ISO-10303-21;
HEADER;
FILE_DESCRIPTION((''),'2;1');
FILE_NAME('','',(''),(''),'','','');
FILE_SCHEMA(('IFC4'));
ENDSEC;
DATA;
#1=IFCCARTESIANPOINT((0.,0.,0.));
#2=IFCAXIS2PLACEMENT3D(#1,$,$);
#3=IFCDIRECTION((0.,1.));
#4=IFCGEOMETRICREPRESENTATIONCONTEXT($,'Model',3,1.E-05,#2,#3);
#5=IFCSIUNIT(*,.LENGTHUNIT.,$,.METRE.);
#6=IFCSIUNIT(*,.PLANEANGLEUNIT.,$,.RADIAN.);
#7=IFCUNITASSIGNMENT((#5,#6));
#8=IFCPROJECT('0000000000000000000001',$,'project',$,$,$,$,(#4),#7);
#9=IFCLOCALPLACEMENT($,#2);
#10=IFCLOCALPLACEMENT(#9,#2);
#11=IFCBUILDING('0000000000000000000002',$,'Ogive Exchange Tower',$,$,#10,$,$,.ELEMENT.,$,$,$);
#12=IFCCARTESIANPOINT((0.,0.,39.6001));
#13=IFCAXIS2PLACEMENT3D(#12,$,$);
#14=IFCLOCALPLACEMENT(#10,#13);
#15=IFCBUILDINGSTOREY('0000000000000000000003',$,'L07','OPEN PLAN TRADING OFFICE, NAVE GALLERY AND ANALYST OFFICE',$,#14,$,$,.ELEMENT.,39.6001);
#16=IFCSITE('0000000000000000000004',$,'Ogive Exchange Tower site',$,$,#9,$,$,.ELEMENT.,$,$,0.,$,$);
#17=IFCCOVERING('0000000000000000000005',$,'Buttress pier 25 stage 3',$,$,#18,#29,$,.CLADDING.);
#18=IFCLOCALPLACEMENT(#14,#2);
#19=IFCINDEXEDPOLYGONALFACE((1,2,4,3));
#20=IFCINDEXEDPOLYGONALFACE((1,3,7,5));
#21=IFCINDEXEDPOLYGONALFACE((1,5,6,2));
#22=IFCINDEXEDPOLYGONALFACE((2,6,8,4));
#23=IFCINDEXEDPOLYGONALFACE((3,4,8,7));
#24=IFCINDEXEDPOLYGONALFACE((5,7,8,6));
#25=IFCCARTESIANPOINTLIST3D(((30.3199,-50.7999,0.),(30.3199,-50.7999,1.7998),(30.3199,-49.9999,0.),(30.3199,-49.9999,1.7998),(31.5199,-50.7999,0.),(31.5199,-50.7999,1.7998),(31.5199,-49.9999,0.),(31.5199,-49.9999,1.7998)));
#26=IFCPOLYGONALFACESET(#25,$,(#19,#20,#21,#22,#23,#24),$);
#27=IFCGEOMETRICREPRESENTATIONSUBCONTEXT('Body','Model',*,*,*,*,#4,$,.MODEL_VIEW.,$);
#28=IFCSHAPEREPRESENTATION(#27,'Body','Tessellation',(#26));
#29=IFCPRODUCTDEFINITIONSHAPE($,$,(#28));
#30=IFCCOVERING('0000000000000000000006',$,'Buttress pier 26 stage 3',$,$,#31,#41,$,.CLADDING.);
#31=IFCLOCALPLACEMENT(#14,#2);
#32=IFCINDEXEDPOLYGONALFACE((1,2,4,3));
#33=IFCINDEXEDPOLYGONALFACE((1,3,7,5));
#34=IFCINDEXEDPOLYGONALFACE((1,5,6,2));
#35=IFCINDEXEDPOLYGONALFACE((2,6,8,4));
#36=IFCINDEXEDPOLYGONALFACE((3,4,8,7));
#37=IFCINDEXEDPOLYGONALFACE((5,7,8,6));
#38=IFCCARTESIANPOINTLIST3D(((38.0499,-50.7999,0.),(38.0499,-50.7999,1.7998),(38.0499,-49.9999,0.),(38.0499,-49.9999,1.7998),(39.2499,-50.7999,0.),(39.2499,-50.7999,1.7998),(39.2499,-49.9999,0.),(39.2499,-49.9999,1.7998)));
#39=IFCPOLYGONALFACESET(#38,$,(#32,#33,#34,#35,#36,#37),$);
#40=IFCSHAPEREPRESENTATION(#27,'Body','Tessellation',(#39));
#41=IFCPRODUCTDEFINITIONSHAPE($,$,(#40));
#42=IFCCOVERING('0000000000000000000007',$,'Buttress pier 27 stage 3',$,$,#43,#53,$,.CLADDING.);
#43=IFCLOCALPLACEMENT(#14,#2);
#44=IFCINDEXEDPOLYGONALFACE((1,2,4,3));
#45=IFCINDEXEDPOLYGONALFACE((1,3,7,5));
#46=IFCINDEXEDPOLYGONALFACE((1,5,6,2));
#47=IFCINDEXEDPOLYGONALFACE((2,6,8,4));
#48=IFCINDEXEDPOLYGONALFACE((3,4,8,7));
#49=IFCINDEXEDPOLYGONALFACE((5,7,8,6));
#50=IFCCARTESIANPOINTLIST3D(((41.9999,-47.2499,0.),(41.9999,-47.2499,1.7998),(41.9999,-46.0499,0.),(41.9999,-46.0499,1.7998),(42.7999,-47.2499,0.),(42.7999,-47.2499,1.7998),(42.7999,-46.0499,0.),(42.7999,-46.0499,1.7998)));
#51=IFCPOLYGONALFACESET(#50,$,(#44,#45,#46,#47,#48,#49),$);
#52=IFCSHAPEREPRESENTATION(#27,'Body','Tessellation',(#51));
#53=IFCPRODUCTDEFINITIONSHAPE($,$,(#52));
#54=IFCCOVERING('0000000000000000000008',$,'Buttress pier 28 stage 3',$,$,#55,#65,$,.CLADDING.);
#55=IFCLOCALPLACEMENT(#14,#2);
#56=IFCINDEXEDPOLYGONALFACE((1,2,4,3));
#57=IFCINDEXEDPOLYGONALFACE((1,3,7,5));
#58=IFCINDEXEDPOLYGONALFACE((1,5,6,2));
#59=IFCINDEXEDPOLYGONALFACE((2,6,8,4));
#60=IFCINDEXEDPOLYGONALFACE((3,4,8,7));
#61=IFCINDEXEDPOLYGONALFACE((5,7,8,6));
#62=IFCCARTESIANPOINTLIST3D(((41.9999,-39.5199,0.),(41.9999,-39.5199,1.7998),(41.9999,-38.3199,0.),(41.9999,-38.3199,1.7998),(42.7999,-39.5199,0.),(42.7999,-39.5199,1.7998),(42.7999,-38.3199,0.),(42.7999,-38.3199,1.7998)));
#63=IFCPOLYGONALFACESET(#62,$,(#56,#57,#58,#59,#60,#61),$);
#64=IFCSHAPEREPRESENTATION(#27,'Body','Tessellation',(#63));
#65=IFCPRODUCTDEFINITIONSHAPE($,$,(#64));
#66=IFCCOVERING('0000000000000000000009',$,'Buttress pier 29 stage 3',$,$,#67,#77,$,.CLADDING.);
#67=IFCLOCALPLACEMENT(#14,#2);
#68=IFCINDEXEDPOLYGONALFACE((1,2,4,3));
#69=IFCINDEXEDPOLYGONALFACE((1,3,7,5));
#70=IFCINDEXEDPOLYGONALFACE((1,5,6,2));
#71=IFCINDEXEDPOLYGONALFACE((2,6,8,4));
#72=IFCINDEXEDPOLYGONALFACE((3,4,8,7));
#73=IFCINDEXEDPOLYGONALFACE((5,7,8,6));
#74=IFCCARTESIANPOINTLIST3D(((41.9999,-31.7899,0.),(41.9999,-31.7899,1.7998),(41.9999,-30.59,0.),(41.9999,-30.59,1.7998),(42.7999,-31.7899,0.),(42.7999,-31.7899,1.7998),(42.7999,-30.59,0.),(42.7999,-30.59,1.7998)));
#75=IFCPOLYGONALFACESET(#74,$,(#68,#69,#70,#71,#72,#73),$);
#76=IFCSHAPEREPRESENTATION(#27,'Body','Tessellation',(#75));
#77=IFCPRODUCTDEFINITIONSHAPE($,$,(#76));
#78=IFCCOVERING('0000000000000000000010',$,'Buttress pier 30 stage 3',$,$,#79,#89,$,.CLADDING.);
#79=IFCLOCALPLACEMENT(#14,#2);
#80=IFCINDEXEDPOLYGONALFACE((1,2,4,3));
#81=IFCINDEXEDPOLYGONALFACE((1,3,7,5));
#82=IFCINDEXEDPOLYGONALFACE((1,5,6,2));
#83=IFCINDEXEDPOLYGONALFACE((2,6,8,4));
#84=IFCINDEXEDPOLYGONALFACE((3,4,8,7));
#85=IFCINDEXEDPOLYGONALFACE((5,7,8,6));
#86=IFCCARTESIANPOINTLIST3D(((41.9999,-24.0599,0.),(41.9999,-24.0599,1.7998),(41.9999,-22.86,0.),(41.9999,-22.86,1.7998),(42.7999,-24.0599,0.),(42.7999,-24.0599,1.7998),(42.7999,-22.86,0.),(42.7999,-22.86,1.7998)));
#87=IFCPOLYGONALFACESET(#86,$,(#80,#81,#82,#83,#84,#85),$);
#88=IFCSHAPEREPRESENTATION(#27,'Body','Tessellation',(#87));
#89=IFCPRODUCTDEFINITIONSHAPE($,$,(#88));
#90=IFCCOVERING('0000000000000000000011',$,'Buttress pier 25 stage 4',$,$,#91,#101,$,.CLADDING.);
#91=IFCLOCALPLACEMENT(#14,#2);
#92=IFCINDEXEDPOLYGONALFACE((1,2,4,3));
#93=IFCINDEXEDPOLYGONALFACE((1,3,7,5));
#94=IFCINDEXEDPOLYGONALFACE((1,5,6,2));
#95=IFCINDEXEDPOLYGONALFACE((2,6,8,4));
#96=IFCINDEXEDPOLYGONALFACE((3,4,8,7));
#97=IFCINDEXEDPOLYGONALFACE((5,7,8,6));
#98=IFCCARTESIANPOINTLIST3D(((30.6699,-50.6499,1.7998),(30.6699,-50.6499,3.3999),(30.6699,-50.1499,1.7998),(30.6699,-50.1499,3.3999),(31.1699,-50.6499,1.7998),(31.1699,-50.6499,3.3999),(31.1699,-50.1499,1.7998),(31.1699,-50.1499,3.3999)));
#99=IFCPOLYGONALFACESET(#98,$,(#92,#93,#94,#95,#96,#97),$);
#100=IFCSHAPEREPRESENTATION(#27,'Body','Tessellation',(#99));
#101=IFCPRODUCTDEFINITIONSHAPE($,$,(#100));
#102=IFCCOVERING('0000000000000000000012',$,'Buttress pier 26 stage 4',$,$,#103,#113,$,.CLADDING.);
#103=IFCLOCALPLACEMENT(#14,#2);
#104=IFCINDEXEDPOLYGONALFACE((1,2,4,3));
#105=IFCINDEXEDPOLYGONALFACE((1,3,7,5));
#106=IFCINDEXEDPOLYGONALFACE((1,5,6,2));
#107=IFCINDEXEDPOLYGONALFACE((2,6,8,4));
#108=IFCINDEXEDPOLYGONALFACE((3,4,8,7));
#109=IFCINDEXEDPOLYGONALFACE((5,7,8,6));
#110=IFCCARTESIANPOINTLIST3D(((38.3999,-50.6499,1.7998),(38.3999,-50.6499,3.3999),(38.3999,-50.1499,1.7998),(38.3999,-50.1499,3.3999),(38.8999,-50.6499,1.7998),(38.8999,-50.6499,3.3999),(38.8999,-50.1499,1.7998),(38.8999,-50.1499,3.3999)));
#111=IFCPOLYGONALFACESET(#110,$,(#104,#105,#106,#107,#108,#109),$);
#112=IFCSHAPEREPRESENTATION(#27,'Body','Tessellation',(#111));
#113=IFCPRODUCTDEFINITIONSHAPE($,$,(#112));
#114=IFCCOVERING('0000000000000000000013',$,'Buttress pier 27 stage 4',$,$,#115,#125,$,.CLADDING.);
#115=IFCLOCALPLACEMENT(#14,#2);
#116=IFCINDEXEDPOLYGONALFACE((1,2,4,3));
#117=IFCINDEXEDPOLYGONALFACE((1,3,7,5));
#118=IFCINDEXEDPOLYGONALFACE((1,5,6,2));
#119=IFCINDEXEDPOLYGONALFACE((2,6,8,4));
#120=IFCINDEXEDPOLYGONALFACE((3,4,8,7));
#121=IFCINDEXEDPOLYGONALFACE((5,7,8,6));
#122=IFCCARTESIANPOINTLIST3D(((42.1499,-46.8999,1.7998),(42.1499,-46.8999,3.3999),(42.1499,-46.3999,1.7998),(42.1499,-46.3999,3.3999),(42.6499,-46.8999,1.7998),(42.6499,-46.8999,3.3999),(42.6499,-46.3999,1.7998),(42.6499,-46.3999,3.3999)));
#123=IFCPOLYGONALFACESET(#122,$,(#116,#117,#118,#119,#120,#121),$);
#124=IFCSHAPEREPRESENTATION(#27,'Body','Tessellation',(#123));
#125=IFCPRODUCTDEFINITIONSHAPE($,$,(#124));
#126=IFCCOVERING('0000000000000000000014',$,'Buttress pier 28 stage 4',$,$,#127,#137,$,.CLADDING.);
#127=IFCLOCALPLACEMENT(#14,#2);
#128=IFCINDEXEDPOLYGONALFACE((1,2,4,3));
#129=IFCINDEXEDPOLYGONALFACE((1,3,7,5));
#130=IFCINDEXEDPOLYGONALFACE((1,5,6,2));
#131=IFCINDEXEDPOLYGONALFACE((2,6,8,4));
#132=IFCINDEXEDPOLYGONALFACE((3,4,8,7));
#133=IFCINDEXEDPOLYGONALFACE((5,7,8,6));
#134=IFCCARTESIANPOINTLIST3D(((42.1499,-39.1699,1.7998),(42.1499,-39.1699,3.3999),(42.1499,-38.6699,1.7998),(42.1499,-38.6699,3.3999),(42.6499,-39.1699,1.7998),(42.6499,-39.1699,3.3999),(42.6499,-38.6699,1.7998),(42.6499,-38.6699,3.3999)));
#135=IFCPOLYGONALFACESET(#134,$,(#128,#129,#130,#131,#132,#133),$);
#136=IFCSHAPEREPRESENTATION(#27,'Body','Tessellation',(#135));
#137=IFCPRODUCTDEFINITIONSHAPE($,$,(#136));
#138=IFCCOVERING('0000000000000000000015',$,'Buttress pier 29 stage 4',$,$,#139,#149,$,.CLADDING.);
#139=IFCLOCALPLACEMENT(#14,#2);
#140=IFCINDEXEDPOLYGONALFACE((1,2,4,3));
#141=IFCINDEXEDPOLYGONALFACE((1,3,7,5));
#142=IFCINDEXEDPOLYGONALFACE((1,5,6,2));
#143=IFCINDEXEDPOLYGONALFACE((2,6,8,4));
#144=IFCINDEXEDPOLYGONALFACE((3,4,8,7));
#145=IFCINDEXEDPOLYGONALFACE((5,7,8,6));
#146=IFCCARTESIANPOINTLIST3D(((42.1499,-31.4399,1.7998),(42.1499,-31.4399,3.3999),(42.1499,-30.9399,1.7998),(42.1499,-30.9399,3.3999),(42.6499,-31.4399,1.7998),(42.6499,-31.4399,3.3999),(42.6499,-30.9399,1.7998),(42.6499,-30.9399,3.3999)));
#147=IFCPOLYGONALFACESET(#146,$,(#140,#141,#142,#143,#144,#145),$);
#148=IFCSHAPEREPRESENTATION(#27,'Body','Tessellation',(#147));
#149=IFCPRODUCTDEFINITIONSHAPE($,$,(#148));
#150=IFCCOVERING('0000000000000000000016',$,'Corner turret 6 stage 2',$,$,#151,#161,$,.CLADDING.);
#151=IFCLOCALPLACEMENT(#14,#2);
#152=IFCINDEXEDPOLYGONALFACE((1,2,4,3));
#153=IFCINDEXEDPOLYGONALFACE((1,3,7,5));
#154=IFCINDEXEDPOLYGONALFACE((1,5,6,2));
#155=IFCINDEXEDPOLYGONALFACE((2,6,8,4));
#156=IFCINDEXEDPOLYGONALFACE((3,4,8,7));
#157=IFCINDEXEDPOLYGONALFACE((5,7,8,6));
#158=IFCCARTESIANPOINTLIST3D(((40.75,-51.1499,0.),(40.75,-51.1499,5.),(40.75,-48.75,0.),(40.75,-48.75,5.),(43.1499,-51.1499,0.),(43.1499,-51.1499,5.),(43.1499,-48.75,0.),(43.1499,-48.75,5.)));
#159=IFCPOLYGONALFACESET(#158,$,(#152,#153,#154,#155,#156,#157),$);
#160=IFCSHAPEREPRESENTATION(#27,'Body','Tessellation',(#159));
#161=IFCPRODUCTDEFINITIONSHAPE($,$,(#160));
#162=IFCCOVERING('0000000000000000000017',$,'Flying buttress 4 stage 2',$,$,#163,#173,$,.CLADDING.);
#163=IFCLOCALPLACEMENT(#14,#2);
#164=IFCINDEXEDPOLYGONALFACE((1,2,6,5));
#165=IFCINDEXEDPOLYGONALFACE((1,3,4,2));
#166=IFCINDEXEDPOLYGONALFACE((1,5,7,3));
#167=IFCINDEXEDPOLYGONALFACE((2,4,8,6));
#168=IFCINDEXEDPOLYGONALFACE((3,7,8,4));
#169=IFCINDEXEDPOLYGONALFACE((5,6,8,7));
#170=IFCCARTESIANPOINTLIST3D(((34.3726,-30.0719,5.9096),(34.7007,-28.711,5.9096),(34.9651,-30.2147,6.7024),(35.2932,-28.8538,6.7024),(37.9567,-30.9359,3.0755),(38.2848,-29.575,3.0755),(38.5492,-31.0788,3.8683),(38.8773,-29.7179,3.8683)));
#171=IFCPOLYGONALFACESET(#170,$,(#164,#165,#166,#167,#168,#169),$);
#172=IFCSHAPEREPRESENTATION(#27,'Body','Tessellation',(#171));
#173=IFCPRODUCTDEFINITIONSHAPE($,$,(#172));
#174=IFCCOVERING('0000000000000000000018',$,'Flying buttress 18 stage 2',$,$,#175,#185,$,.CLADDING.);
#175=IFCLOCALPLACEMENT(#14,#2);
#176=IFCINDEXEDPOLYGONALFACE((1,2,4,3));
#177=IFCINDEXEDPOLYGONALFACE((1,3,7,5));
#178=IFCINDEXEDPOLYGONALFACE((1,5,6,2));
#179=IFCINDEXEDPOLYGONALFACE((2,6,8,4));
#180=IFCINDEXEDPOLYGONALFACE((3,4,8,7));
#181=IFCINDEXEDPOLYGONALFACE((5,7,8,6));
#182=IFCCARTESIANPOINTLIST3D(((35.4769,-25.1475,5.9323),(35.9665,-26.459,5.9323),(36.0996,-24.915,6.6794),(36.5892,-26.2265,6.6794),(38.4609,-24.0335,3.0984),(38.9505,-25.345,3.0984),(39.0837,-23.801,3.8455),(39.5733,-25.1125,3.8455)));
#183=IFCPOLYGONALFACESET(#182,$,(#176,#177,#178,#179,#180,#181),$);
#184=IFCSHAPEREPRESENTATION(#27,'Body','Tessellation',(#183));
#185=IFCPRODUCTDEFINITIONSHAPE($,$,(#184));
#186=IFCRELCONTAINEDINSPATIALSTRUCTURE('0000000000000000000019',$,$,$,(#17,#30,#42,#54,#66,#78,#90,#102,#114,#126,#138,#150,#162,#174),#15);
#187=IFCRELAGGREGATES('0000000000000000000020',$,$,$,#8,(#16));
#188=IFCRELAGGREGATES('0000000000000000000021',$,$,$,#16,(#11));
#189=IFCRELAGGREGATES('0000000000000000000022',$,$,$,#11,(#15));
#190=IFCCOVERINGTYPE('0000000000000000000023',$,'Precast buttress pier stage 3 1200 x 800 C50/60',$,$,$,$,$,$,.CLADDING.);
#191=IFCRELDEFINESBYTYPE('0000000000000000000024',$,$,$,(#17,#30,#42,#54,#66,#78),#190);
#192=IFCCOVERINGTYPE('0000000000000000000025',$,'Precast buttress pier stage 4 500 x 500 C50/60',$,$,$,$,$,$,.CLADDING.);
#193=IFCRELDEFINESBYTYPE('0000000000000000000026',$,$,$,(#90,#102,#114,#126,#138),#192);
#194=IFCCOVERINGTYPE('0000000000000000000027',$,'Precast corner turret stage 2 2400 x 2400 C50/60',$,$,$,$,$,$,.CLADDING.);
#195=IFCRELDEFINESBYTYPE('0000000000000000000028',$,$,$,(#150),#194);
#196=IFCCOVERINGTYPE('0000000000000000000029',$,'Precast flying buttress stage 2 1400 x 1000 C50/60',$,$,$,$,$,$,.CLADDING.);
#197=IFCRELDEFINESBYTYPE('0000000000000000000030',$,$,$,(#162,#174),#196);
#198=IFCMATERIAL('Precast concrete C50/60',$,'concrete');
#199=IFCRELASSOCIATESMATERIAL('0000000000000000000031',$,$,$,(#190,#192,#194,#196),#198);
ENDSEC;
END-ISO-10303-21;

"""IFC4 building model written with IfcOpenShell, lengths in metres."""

from ifc_helpers import new_model, si_unit, direction, frame, origin, origin_2d, place, context, subcontext, project, spatial, rectangle, extrude, material, material_profile, profile_set, type_object, element, save


model = new_model("IFC4")

# Units and contexts
model_context = context("Model", 3, precision=1e-05, world=origin(), true_north=direction((0.0, 1.0)))
body_context = subcontext(model_context, "Body", "Model", "MODEL_VIEW")
ifc_project = project(units=[si_unit("LENGTHUNIT", "METRE"), si_unit("PLANEANGLEUNIT", "RADIAN")], contexts=[model_context])

# Site, building, storey
site_placement = place(None, origin())
site = spatial("IfcSite", under=ifc_project, at=site_placement, Name="Ogive Exchange Tower site", CompositionType="ELEMENT", RefElevation=0.0)
building_placement = place(site_placement, origin())
building = spatial("IfcBuilding", under=site, at=building_placement, Name="Ogive Exchange Tower", CompositionType="ELEMENT")
storey_placement = place(building_placement, frame((0.0, 0.0, 39.6001)))
storey = spatial("IfcBuildingStorey", under=building, at=storey_placement, Name="L07", Description="OPEN PLAN TRADING OFFICE, NAVE GALLERY AND ANALYST OFFICE", CompositionType="ELEMENT", Elevation=39.6001)

# Coverings
ifc_material_1 = material(Name="Precast concrete C50/60", Category="concrete")
ifc_material_profile_1 = material_profile(ifc_material_1, rectangle(XDim=1.2, YDim=0.8, at=origin_2d()), Name="BUTTRESS PIER 3 1200 x 800")
ifc_profile_set_1 = profile_set([ifc_material_profile_1], Name="Precast concrete C50/60")
covering_type_1 = type_object("IfcCoveringType", Name="Precast buttress pier stage 3 1200 x 800 C50/60", PredefinedType="CLADDING", material=ifc_profile_set_1)
for number, where, z_axis, x_axis, name in (
    (1, (30.9199, -50.3999, 0.0), (0.0, 0.0, 1.0), (1.0, 0.0, 0.0), "Buttress pier 25 stage 3"),
    (2, (38.6499, -50.3999, 0.0), (0.0, 0.0, 1.0), (1.0, 0.0, 0.0), "Buttress pier 26 stage 3"),
    (3, (42.3999, -46.6499, 0.0), (0.0, 0.0, 1.0), (0.0, 1.0, 0.0), "Buttress pier 27 stage 3"),
    (4, (42.3999, -38.9199, 0.0), (0.0, 0.0, 1.0), (0.0, 1.0, 0.0), "Buttress pier 28 stage 3"),
    (5, (42.3999, -31.1899, 0.0), (0.0, 0.0, 1.0), (0.0, 1.0, 0.0), "Buttress pier 29 stage 3"),
    (6, (42.3999, -23.46, 0.0), (0.0, 0.0, 1.0), (0.0, 1.0, 0.0), "Buttress pier 30 stage 3"),
):
    element("IfcCovering", number, at=place(storey_placement, frame(where, z_axis=z_axis, x_axis=x_axis)), inside=storey, type_object=covering_type_1, Name=name, PredefinedType="CLADDING", context=body_context, shape_type="SweptSolid", body=[
        extrude(rectangle(XDim=1.2, YDim=0.8, at=origin_2d()), origin(), (0.0, 0.0, 1.0), 1.7998),
    ])
ifc_material_profile_2 = material_profile(ifc_material_1, rectangle(XDim=0.5, YDim=0.5, at=origin_2d()), Name="BUTTRESS PIER 4 500 x 500")
ifc_profile_set_2 = profile_set([ifc_material_profile_2], Name="Precast concrete C50/60")
covering_type_2 = type_object("IfcCoveringType", Name="Precast buttress pier stage 4 500 x 500 C50/60", PredefinedType="CLADDING", material=ifc_profile_set_2)
for number, where, z_axis, x_axis, name in (
    (7, (30.9199, -50.3999, 1.7998), (0.0, 0.0, 1.0), (1.0, 0.0, 0.0), "Buttress pier 25 stage 4"),
    (8, (38.6499, -50.3999, 1.7998), (0.0, 0.0, 1.0), (1.0, 0.0, 0.0), "Buttress pier 26 stage 4"),
    (9, (42.3999, -46.6499, 1.7998), (0.0, 0.0, 1.0), (0.0, 1.0, 0.0), "Buttress pier 27 stage 4"),
    (10, (42.3999, -38.9199, 1.7998), (0.0, 0.0, 1.0), (0.0, 1.0, 0.0), "Buttress pier 28 stage 4"),
    (11, (42.3999, -31.1899, 1.7998), (0.0, 0.0, 1.0), (0.0, 1.0, 0.0), "Buttress pier 29 stage 4"),
):
    element("IfcCovering", number, at=place(storey_placement, frame(where, z_axis=z_axis, x_axis=x_axis)), inside=storey, type_object=covering_type_2, Name=name, PredefinedType="CLADDING", context=body_context, shape_type="SweptSolid", body=[
        extrude(rectangle(XDim=0.5, YDim=0.5, at=origin_2d()), origin(), (0.0, 0.0, 1.0), 1.6001),
    ])
ifc_material_profile_3 = material_profile(ifc_material_1, rectangle(XDim=2.3999, YDim=2.3999, at=origin_2d()), Name="CORNER TURRET 2 2400 x 2400")
ifc_profile_set_3 = profile_set([ifc_material_profile_3], Name="Precast concrete C50/60")
covering_type_3 = type_object("IfcCoveringType", Name="Precast corner turret stage 2 2400 x 2400 C50/60", PredefinedType="CLADDING", material=ifc_profile_set_3)
covering_1_placement = place(storey_placement, frame((41.95, -49.95, 0.0), z_axis=(0.0, 0.0, 1.0), x_axis=(1.0, 0.0, 0.0)))
element("IfcCovering", 12, at=covering_1_placement, inside=storey, type_object=covering_type_3, Name="Corner turret 6 stage 2", PredefinedType="CLADDING", context=body_context, shape_type="SweptSolid", body=[
    extrude(rectangle(XDim=2.3999, YDim=2.3999, at=origin_2d()), origin(), (0.0, 0.0, 1.0), 5.0),
])
ifc_material_profile_4 = material_profile(ifc_material_1, rectangle(XDim=1.3999, YDim=1.0, at=origin_2d()), Name="FLYING BUTTRESS 2 1400 x 1000")
ifc_profile_set_4 = profile_set([ifc_material_profile_4], Name="Precast concrete C50/60")
covering_type_4 = type_object("IfcCoveringType", Name="Precast flying buttress stage 2 1400 x 1000 C50/60", PredefinedType="CLADDING", material=ifc_profile_set_4)
covering_2_placement = place(storey_placement, frame((38.417, -30.3269, 3.4719), z_axis=(-0.770742, 0.185808, 0.609453), x_axis=(-0.234362, -0.972149, 0.0)))
element("IfcCovering", 13, at=covering_2_placement, inside=storey, type_object=covering_type_4, Name="Flying buttress 4 stage 2", PredefinedType="CLADDING", context=body_context, shape_type="SweptSolid", body=[
    extrude(rectangle(XDim=1.3999, YDim=1.0, at=origin_2d()), origin(), (0.0, 0.0, 1.0), 4.6501),
])
covering_3_placement = place(storey_placement, frame((39.0171, -24.573, 3.4719), z_axis=(-0.699923, -0.26129, 0.664707), x_axis=(0.349737, -0.936848, 0.0)))
element("IfcCovering", 14, at=covering_3_placement, inside=storey, type_object=covering_type_4, Name="Flying buttress 18 stage 2", PredefinedType="CLADDING", context=body_context, shape_type="SweptSolid", body=[
    extrude(rectangle(XDim=1.3999, YDim=1.0, at=origin_2d()), origin(), (0.0, 0.0, 1.0), 4.2634),
])

save(model, "model.ifc")
